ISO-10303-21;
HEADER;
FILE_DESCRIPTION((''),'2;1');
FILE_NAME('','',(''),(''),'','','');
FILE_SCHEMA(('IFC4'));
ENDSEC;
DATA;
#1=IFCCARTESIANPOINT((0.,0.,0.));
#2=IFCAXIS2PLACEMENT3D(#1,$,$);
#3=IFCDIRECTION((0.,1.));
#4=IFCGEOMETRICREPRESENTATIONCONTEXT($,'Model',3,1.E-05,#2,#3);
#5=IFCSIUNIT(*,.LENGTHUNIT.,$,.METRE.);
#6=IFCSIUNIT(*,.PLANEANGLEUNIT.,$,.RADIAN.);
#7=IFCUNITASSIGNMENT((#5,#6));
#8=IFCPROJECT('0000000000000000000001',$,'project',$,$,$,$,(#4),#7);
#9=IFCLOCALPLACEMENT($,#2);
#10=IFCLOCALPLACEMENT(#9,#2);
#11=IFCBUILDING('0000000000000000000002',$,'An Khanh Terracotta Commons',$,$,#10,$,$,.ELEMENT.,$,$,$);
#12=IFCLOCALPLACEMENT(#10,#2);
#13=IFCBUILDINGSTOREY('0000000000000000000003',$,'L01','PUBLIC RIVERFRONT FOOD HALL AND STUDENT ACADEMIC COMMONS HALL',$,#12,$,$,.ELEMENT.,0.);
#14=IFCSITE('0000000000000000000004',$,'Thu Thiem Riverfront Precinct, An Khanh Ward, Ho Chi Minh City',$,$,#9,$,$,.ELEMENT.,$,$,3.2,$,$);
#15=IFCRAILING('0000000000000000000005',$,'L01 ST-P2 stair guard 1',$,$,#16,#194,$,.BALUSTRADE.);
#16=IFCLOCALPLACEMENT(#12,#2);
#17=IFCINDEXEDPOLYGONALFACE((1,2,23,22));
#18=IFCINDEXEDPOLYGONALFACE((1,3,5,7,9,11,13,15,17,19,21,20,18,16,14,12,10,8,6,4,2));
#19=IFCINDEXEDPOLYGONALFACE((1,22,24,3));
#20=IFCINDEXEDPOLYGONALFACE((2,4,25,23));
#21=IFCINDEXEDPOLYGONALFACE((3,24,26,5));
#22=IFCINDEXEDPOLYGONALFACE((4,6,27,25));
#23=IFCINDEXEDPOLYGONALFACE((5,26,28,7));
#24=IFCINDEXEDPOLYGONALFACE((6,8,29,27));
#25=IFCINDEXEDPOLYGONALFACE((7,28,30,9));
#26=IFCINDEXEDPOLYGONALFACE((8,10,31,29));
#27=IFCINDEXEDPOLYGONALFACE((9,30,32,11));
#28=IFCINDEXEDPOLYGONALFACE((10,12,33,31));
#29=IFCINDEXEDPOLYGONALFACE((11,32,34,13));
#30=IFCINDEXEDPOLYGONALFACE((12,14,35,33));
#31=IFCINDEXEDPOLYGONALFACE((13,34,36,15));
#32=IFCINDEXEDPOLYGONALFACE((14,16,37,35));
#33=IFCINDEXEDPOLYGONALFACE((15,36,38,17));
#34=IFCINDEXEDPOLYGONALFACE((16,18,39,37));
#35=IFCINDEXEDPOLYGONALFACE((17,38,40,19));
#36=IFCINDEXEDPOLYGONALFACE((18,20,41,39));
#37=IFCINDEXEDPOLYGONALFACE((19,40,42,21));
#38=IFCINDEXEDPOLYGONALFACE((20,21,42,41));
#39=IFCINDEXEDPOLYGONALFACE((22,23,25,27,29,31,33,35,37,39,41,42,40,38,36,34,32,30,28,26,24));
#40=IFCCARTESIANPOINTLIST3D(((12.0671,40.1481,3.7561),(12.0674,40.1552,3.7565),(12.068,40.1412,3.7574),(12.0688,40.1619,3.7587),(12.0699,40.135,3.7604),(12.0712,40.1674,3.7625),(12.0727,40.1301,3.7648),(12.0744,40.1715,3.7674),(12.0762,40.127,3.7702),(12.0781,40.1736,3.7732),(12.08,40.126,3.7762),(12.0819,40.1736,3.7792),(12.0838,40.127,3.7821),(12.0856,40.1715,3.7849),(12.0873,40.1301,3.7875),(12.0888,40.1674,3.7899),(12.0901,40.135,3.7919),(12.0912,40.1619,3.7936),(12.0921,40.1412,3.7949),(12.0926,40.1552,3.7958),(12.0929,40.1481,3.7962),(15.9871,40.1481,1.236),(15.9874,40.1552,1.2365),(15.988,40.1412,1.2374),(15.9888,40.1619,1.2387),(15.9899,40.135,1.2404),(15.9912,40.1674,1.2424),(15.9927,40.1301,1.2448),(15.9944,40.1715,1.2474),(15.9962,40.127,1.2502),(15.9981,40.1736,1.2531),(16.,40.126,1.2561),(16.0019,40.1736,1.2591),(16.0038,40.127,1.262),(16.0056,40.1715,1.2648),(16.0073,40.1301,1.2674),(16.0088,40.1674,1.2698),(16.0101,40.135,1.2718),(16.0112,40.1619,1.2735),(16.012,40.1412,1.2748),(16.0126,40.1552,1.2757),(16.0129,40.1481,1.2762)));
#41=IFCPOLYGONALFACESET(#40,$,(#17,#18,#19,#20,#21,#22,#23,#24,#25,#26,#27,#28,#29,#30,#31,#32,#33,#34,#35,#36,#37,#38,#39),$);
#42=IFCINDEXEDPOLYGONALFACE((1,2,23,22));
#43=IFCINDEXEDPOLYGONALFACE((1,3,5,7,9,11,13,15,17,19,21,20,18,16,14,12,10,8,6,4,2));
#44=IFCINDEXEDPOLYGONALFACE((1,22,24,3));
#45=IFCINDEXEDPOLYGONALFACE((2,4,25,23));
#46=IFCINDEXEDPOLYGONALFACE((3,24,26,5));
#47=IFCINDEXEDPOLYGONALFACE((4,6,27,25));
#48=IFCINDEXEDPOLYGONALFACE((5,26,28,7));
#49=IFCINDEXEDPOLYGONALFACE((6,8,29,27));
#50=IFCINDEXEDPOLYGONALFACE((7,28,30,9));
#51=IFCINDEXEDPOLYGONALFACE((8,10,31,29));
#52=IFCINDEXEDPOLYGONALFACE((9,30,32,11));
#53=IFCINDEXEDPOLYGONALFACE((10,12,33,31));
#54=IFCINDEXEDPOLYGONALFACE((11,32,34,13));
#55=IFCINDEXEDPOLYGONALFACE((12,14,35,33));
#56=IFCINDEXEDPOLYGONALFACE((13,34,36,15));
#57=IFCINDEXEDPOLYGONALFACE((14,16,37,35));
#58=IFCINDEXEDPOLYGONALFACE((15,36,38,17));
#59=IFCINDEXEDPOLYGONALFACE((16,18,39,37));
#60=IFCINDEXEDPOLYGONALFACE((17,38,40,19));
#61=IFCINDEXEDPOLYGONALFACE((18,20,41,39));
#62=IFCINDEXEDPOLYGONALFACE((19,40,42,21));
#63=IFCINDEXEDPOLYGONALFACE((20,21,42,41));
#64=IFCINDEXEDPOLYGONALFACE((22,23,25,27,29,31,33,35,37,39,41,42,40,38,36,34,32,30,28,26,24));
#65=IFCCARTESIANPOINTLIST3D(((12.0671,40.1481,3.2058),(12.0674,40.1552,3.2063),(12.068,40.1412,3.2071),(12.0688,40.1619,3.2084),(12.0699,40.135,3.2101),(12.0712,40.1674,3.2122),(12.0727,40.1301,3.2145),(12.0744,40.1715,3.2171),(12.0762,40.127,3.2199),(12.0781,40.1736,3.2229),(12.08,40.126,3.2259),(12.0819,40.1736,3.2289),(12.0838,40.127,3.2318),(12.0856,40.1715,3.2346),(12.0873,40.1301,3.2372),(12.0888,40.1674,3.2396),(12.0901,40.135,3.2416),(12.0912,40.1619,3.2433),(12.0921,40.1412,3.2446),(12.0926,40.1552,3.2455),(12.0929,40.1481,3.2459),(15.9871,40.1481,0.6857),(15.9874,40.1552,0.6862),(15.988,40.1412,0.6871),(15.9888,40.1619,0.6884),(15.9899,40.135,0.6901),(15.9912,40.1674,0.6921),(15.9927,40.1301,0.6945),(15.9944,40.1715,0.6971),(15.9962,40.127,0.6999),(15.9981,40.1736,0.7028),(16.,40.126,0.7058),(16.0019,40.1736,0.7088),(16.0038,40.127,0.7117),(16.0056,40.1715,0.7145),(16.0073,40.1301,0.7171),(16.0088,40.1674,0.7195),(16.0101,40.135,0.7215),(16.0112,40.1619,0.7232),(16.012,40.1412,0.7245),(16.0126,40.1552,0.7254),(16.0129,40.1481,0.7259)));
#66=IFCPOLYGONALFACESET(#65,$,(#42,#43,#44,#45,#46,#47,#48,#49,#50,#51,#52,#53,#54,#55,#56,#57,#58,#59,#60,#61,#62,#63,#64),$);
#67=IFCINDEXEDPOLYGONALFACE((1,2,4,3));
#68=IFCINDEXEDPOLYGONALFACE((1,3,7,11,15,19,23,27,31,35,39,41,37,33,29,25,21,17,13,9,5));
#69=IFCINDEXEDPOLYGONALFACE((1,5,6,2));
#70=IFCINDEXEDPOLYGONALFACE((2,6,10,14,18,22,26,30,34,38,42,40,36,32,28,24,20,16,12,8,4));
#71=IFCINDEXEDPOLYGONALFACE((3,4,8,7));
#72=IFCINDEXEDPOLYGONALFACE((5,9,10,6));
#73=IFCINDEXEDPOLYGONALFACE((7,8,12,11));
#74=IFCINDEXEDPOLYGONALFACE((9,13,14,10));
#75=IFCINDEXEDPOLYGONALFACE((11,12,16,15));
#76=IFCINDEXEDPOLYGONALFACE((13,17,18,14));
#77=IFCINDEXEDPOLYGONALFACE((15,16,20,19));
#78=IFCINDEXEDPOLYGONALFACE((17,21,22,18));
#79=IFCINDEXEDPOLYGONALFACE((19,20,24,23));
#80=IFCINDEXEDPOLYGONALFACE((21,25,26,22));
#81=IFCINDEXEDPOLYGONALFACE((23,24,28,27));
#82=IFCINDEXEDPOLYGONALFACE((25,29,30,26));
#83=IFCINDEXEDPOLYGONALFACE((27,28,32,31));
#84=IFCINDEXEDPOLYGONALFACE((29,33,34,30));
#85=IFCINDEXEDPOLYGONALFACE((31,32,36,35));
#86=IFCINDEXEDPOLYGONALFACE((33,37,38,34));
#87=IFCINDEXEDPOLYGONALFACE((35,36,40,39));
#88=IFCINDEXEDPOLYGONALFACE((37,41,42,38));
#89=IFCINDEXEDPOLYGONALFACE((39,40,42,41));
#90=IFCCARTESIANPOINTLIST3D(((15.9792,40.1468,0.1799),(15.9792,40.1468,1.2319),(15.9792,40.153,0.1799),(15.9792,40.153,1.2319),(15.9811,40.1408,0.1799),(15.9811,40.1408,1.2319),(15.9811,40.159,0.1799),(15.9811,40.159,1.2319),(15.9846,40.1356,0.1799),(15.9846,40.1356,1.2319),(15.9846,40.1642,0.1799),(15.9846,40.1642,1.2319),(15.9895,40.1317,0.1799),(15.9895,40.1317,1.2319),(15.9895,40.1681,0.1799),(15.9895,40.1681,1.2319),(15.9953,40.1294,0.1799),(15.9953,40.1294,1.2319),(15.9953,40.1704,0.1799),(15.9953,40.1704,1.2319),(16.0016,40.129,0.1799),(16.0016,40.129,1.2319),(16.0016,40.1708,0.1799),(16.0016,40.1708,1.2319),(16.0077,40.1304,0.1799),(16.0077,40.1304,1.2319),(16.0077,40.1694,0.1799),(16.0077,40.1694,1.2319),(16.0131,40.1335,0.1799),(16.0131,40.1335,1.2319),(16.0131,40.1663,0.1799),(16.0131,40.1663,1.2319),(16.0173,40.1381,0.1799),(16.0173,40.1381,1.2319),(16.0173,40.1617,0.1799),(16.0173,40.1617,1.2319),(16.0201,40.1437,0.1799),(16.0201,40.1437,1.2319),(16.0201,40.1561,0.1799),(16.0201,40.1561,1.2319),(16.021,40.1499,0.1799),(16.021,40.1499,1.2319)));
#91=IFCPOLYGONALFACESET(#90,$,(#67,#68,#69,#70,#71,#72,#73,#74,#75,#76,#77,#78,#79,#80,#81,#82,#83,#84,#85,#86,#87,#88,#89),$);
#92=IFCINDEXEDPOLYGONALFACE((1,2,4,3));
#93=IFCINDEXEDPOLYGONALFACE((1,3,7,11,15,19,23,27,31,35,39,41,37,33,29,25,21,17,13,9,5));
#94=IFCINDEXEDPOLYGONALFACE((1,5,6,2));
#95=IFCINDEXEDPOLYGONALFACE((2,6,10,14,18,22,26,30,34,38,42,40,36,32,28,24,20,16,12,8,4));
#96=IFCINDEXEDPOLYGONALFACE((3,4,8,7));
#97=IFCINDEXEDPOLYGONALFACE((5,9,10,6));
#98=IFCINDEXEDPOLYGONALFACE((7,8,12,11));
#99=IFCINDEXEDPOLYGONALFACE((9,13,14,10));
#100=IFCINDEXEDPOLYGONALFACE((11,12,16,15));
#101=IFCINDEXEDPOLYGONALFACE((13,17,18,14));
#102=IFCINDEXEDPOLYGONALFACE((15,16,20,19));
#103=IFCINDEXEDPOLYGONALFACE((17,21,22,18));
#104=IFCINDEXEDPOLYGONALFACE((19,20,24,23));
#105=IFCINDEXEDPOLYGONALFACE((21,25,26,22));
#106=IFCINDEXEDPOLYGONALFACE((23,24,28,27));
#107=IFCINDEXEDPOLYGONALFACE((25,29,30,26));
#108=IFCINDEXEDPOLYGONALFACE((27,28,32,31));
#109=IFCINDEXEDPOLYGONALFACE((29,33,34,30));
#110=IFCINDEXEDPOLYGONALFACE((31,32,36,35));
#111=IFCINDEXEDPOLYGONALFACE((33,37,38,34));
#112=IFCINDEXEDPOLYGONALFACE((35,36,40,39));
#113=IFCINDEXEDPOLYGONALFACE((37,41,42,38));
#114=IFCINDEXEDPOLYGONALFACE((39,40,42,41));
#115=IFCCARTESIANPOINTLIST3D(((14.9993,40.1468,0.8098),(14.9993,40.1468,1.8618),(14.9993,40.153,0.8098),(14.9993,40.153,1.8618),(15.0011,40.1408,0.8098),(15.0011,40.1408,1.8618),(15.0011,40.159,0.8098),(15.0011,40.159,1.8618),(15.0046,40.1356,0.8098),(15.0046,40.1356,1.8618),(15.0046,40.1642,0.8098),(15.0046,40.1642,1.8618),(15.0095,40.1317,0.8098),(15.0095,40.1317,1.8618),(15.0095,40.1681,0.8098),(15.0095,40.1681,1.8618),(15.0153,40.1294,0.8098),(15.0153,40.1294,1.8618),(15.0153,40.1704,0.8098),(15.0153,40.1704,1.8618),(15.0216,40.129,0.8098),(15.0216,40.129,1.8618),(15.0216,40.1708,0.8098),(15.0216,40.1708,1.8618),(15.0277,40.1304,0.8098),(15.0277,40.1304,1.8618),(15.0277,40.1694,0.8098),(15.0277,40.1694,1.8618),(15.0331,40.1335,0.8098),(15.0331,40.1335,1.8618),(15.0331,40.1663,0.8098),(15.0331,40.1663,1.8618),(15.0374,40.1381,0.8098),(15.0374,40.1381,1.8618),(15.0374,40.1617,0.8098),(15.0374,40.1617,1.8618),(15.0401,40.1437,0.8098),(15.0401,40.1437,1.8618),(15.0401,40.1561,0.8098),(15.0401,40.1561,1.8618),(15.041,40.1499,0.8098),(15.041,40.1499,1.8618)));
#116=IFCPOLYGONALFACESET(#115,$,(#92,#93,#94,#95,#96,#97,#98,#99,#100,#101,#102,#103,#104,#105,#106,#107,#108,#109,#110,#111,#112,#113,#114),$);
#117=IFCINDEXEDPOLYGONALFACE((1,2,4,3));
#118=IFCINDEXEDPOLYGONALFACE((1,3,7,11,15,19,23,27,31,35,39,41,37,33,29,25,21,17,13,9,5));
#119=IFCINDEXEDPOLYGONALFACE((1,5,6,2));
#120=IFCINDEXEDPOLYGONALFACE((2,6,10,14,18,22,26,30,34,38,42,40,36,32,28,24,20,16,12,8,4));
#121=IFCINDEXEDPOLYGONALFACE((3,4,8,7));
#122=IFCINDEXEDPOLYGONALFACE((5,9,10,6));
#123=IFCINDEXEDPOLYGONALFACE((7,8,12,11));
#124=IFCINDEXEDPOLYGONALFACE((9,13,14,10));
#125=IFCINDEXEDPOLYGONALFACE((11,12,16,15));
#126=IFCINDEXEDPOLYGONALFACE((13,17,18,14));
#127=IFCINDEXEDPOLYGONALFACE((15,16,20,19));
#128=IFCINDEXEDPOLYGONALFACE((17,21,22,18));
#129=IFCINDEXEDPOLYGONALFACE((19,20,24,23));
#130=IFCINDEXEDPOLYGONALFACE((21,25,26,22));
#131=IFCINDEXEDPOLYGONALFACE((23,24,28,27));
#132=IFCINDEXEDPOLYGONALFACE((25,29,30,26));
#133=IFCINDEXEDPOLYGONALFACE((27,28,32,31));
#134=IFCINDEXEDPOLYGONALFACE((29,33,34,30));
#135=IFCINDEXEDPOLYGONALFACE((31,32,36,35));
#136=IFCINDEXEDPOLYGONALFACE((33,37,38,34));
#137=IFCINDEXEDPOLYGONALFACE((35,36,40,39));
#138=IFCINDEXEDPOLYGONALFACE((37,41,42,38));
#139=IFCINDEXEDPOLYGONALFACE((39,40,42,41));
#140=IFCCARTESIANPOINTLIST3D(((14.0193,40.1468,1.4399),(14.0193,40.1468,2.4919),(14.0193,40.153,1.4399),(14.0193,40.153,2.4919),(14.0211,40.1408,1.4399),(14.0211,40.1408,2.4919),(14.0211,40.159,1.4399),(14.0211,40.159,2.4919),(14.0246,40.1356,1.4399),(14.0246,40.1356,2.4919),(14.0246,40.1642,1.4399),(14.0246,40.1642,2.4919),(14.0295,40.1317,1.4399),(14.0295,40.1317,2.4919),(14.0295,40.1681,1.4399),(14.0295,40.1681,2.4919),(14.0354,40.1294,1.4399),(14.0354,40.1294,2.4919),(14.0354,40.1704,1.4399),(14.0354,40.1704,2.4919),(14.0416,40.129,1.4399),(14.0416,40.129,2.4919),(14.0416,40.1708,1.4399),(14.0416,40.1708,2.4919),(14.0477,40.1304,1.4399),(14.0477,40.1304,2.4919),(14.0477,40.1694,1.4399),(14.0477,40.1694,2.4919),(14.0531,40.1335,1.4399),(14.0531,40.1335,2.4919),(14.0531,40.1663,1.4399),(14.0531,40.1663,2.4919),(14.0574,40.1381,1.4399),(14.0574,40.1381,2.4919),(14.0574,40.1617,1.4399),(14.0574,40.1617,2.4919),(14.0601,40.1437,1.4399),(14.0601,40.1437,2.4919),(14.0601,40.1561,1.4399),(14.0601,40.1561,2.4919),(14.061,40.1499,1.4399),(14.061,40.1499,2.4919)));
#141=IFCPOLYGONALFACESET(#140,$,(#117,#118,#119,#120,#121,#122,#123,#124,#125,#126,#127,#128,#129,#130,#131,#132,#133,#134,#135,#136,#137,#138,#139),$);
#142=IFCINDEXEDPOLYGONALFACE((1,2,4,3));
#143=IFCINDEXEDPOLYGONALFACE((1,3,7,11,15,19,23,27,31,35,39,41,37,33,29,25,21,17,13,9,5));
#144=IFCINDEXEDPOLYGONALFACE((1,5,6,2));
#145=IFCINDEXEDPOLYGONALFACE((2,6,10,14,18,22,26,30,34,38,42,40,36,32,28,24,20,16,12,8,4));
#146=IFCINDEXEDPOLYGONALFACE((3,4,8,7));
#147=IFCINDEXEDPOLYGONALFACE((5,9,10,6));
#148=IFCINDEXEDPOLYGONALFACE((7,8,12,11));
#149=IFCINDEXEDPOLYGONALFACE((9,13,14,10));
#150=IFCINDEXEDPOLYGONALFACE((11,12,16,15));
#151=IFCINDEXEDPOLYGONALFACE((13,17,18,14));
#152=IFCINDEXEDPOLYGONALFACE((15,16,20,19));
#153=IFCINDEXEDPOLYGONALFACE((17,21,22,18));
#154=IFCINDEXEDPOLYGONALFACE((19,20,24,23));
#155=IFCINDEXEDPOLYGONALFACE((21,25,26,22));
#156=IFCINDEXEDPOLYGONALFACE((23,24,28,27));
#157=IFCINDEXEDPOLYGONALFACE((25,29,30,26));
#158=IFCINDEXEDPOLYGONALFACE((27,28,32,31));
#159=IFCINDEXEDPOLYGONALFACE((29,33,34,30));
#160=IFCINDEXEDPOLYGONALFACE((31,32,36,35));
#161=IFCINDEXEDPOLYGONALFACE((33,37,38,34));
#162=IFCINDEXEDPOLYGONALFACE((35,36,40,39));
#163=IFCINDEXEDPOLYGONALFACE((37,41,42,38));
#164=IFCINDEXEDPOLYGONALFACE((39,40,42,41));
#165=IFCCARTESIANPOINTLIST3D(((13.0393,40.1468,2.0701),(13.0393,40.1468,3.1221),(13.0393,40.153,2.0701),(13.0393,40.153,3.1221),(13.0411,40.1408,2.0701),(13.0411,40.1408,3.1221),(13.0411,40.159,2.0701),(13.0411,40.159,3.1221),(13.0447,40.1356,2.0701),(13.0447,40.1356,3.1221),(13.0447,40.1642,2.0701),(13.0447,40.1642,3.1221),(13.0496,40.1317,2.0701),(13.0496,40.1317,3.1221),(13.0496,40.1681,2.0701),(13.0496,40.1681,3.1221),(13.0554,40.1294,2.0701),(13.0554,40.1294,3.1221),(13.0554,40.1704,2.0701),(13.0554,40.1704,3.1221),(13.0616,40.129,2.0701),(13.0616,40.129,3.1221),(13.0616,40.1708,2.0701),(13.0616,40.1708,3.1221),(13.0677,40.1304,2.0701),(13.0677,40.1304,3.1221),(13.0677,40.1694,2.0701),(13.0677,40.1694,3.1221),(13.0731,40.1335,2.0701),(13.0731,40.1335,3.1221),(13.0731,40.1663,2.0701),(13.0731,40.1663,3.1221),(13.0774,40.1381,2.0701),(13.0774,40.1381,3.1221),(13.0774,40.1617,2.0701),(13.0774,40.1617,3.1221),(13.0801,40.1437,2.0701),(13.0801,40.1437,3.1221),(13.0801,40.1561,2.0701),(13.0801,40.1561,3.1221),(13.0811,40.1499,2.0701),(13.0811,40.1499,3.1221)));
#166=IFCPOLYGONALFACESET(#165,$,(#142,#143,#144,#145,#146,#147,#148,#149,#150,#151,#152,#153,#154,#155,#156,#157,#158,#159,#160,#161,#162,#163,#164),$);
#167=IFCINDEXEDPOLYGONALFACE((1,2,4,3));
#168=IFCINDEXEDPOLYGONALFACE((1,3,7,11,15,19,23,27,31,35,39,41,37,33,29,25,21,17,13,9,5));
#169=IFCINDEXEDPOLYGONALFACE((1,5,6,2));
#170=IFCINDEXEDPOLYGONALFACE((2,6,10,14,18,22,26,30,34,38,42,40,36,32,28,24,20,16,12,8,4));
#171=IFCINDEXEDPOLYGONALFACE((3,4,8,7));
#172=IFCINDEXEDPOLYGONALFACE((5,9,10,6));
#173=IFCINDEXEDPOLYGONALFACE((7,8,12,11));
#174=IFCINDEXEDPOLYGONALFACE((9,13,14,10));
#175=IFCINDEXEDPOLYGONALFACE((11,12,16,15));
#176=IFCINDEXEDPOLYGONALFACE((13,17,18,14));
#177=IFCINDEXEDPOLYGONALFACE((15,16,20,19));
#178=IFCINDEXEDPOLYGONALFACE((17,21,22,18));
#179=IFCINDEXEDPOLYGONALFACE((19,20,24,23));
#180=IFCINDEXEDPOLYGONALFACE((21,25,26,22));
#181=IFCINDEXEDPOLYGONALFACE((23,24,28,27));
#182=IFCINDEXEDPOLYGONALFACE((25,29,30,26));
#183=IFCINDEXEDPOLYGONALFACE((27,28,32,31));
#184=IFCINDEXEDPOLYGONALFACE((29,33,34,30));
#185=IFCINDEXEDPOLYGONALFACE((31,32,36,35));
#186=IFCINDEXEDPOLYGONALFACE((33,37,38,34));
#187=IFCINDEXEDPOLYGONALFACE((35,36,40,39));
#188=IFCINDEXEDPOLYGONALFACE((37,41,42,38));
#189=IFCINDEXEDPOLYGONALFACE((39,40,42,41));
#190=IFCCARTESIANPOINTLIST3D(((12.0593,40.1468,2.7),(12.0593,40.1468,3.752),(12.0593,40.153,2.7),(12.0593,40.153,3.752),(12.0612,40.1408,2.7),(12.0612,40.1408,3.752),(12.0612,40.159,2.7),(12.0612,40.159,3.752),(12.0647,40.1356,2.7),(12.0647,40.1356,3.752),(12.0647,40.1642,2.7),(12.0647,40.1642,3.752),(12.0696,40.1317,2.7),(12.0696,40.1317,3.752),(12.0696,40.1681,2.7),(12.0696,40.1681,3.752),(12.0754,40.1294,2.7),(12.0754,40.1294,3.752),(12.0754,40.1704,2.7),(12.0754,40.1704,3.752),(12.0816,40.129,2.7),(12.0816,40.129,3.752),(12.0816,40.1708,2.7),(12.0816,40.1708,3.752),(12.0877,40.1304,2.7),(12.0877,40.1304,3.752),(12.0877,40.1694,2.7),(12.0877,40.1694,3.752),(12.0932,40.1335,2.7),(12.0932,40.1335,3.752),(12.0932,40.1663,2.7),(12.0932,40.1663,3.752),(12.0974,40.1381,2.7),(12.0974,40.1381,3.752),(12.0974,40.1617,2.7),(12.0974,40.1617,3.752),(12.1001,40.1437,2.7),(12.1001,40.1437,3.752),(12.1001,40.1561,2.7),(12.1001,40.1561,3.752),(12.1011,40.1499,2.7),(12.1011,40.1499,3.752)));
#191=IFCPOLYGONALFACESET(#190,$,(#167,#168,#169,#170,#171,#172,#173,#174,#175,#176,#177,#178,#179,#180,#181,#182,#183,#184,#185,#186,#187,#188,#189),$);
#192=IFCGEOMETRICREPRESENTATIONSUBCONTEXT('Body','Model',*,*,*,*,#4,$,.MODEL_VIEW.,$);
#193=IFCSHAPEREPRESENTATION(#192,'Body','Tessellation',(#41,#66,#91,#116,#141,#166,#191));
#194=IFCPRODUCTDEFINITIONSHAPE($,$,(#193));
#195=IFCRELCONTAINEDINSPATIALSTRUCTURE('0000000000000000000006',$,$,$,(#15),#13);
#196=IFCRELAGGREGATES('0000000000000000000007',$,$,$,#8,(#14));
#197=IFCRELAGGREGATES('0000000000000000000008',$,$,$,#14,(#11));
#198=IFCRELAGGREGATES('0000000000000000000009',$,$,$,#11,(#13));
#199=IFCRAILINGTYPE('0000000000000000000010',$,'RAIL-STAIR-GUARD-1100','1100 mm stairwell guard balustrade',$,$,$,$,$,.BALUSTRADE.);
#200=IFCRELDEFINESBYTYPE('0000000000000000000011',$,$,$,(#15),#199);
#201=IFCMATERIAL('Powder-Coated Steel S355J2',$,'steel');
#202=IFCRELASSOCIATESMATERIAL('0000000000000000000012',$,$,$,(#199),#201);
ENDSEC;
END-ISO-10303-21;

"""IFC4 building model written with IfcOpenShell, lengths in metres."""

from ifc_helpers import new_model, si_unit, direction, frame, origin, origin_2d, place, context, subcontext, project, spatial, circle, extrude, material, type_object, element, save


model = new_model("IFC4")

# Units and contexts
model_context = context("Model", 3, precision=1e-05, world=origin(), true_north=direction((0.0, 1.0)))
body_context = subcontext(model_context, "Body", "Model", "MODEL_VIEW")
ifc_project = project(units=[si_unit("LENGTHUNIT", "METRE"), si_unit("PLANEANGLEUNIT", "RADIAN")], contexts=[model_context])

# Site, building, storey
site_placement = place(None, origin())
site = spatial("IfcSite", under=ifc_project, at=site_placement, Name="Thu Thiem Riverfront Precinct, An Khanh Ward, Ho Chi Minh City", CompositionType="ELEMENT", RefElevation=3.2)
building_placement = place(site_placement, origin())
building = spatial("IfcBuilding", under=site, at=building_placement, Name="An Khanh Terracotta Commons", CompositionType="ELEMENT")
storey_placement = place(building_placement, origin())
storey = spatial("IfcBuildingStorey", under=building, at=storey_placement, Name="L01", Description="PUBLIC RIVERFRONT FOOD HALL AND STUDENT ACADEMIC COMMONS HALL", CompositionType="ELEMENT", Elevation=0.0)

# Railing
ifc_material_1 = material(Name="Powder-Coated Steel S355J2", Category="steel")
railing_type_1 = type_object("IfcRailingType", Name="RAIL-STAIR-GUARD-1100", Description="1100 mm stairwell guard balustrade", PredefinedType="BALUSTRADE", material=ifc_material_1)
railing_1_placement = place(storey_placement, frame((16.0, 40.1499, 0.1799)))
element("IfcRailing", 1, at=railing_1_placement, inside=storey, type_object=railing_type_1, Name="L01 ST-P2 stair guard 1", PredefinedType="BALUSTRADE", context=body_context, shape_type="SweptSolid", body=[
    extrude(circle(Radius=0.0239, at=origin_2d()), frame((0.0, 0.0, 1.0762), z_axis=(-0.841172, 0.0, 0.540768), x_axis=(0.0, -1.0, 0.0)), (0.0, 0.0, 1.0), 4.6602),
    extrude(circle(Radius=0.0239, at=origin_2d()), frame((0.0, 0.0, 0.5259), z_axis=(-0.841172, 0.0, 0.540768), x_axis=(0.0, -1.0, 0.0)), (0.0, 0.0, 1.0), 4.6602),
    extrude(circle(Radius=0.021, at=origin_2d()), origin(), (0.0, 0.0, 1.0), 1.052),
    extrude(circle(Radius=0.021, at=origin_2d()), frame((-0.98, 0.0, 0.6299)), (0.0, 0.0, 1.0), 1.052),
    extrude(circle(Radius=0.021, at=origin_2d()), frame((-1.96, 0.0, 1.26)), (0.0, 0.0, 1.0), 1.052),
    extrude(circle(Radius=0.021, at=origin_2d()), frame((-2.9399, 0.0, 1.8901)), (0.0, 0.0, 1.0), 1.052),
    extrude(circle(Radius=0.021, at=origin_2d()), frame((-3.9199, 0.0, 2.52)), (0.0, 0.0, 1.0), 1.052),
])

save(model, "model.ifc")
